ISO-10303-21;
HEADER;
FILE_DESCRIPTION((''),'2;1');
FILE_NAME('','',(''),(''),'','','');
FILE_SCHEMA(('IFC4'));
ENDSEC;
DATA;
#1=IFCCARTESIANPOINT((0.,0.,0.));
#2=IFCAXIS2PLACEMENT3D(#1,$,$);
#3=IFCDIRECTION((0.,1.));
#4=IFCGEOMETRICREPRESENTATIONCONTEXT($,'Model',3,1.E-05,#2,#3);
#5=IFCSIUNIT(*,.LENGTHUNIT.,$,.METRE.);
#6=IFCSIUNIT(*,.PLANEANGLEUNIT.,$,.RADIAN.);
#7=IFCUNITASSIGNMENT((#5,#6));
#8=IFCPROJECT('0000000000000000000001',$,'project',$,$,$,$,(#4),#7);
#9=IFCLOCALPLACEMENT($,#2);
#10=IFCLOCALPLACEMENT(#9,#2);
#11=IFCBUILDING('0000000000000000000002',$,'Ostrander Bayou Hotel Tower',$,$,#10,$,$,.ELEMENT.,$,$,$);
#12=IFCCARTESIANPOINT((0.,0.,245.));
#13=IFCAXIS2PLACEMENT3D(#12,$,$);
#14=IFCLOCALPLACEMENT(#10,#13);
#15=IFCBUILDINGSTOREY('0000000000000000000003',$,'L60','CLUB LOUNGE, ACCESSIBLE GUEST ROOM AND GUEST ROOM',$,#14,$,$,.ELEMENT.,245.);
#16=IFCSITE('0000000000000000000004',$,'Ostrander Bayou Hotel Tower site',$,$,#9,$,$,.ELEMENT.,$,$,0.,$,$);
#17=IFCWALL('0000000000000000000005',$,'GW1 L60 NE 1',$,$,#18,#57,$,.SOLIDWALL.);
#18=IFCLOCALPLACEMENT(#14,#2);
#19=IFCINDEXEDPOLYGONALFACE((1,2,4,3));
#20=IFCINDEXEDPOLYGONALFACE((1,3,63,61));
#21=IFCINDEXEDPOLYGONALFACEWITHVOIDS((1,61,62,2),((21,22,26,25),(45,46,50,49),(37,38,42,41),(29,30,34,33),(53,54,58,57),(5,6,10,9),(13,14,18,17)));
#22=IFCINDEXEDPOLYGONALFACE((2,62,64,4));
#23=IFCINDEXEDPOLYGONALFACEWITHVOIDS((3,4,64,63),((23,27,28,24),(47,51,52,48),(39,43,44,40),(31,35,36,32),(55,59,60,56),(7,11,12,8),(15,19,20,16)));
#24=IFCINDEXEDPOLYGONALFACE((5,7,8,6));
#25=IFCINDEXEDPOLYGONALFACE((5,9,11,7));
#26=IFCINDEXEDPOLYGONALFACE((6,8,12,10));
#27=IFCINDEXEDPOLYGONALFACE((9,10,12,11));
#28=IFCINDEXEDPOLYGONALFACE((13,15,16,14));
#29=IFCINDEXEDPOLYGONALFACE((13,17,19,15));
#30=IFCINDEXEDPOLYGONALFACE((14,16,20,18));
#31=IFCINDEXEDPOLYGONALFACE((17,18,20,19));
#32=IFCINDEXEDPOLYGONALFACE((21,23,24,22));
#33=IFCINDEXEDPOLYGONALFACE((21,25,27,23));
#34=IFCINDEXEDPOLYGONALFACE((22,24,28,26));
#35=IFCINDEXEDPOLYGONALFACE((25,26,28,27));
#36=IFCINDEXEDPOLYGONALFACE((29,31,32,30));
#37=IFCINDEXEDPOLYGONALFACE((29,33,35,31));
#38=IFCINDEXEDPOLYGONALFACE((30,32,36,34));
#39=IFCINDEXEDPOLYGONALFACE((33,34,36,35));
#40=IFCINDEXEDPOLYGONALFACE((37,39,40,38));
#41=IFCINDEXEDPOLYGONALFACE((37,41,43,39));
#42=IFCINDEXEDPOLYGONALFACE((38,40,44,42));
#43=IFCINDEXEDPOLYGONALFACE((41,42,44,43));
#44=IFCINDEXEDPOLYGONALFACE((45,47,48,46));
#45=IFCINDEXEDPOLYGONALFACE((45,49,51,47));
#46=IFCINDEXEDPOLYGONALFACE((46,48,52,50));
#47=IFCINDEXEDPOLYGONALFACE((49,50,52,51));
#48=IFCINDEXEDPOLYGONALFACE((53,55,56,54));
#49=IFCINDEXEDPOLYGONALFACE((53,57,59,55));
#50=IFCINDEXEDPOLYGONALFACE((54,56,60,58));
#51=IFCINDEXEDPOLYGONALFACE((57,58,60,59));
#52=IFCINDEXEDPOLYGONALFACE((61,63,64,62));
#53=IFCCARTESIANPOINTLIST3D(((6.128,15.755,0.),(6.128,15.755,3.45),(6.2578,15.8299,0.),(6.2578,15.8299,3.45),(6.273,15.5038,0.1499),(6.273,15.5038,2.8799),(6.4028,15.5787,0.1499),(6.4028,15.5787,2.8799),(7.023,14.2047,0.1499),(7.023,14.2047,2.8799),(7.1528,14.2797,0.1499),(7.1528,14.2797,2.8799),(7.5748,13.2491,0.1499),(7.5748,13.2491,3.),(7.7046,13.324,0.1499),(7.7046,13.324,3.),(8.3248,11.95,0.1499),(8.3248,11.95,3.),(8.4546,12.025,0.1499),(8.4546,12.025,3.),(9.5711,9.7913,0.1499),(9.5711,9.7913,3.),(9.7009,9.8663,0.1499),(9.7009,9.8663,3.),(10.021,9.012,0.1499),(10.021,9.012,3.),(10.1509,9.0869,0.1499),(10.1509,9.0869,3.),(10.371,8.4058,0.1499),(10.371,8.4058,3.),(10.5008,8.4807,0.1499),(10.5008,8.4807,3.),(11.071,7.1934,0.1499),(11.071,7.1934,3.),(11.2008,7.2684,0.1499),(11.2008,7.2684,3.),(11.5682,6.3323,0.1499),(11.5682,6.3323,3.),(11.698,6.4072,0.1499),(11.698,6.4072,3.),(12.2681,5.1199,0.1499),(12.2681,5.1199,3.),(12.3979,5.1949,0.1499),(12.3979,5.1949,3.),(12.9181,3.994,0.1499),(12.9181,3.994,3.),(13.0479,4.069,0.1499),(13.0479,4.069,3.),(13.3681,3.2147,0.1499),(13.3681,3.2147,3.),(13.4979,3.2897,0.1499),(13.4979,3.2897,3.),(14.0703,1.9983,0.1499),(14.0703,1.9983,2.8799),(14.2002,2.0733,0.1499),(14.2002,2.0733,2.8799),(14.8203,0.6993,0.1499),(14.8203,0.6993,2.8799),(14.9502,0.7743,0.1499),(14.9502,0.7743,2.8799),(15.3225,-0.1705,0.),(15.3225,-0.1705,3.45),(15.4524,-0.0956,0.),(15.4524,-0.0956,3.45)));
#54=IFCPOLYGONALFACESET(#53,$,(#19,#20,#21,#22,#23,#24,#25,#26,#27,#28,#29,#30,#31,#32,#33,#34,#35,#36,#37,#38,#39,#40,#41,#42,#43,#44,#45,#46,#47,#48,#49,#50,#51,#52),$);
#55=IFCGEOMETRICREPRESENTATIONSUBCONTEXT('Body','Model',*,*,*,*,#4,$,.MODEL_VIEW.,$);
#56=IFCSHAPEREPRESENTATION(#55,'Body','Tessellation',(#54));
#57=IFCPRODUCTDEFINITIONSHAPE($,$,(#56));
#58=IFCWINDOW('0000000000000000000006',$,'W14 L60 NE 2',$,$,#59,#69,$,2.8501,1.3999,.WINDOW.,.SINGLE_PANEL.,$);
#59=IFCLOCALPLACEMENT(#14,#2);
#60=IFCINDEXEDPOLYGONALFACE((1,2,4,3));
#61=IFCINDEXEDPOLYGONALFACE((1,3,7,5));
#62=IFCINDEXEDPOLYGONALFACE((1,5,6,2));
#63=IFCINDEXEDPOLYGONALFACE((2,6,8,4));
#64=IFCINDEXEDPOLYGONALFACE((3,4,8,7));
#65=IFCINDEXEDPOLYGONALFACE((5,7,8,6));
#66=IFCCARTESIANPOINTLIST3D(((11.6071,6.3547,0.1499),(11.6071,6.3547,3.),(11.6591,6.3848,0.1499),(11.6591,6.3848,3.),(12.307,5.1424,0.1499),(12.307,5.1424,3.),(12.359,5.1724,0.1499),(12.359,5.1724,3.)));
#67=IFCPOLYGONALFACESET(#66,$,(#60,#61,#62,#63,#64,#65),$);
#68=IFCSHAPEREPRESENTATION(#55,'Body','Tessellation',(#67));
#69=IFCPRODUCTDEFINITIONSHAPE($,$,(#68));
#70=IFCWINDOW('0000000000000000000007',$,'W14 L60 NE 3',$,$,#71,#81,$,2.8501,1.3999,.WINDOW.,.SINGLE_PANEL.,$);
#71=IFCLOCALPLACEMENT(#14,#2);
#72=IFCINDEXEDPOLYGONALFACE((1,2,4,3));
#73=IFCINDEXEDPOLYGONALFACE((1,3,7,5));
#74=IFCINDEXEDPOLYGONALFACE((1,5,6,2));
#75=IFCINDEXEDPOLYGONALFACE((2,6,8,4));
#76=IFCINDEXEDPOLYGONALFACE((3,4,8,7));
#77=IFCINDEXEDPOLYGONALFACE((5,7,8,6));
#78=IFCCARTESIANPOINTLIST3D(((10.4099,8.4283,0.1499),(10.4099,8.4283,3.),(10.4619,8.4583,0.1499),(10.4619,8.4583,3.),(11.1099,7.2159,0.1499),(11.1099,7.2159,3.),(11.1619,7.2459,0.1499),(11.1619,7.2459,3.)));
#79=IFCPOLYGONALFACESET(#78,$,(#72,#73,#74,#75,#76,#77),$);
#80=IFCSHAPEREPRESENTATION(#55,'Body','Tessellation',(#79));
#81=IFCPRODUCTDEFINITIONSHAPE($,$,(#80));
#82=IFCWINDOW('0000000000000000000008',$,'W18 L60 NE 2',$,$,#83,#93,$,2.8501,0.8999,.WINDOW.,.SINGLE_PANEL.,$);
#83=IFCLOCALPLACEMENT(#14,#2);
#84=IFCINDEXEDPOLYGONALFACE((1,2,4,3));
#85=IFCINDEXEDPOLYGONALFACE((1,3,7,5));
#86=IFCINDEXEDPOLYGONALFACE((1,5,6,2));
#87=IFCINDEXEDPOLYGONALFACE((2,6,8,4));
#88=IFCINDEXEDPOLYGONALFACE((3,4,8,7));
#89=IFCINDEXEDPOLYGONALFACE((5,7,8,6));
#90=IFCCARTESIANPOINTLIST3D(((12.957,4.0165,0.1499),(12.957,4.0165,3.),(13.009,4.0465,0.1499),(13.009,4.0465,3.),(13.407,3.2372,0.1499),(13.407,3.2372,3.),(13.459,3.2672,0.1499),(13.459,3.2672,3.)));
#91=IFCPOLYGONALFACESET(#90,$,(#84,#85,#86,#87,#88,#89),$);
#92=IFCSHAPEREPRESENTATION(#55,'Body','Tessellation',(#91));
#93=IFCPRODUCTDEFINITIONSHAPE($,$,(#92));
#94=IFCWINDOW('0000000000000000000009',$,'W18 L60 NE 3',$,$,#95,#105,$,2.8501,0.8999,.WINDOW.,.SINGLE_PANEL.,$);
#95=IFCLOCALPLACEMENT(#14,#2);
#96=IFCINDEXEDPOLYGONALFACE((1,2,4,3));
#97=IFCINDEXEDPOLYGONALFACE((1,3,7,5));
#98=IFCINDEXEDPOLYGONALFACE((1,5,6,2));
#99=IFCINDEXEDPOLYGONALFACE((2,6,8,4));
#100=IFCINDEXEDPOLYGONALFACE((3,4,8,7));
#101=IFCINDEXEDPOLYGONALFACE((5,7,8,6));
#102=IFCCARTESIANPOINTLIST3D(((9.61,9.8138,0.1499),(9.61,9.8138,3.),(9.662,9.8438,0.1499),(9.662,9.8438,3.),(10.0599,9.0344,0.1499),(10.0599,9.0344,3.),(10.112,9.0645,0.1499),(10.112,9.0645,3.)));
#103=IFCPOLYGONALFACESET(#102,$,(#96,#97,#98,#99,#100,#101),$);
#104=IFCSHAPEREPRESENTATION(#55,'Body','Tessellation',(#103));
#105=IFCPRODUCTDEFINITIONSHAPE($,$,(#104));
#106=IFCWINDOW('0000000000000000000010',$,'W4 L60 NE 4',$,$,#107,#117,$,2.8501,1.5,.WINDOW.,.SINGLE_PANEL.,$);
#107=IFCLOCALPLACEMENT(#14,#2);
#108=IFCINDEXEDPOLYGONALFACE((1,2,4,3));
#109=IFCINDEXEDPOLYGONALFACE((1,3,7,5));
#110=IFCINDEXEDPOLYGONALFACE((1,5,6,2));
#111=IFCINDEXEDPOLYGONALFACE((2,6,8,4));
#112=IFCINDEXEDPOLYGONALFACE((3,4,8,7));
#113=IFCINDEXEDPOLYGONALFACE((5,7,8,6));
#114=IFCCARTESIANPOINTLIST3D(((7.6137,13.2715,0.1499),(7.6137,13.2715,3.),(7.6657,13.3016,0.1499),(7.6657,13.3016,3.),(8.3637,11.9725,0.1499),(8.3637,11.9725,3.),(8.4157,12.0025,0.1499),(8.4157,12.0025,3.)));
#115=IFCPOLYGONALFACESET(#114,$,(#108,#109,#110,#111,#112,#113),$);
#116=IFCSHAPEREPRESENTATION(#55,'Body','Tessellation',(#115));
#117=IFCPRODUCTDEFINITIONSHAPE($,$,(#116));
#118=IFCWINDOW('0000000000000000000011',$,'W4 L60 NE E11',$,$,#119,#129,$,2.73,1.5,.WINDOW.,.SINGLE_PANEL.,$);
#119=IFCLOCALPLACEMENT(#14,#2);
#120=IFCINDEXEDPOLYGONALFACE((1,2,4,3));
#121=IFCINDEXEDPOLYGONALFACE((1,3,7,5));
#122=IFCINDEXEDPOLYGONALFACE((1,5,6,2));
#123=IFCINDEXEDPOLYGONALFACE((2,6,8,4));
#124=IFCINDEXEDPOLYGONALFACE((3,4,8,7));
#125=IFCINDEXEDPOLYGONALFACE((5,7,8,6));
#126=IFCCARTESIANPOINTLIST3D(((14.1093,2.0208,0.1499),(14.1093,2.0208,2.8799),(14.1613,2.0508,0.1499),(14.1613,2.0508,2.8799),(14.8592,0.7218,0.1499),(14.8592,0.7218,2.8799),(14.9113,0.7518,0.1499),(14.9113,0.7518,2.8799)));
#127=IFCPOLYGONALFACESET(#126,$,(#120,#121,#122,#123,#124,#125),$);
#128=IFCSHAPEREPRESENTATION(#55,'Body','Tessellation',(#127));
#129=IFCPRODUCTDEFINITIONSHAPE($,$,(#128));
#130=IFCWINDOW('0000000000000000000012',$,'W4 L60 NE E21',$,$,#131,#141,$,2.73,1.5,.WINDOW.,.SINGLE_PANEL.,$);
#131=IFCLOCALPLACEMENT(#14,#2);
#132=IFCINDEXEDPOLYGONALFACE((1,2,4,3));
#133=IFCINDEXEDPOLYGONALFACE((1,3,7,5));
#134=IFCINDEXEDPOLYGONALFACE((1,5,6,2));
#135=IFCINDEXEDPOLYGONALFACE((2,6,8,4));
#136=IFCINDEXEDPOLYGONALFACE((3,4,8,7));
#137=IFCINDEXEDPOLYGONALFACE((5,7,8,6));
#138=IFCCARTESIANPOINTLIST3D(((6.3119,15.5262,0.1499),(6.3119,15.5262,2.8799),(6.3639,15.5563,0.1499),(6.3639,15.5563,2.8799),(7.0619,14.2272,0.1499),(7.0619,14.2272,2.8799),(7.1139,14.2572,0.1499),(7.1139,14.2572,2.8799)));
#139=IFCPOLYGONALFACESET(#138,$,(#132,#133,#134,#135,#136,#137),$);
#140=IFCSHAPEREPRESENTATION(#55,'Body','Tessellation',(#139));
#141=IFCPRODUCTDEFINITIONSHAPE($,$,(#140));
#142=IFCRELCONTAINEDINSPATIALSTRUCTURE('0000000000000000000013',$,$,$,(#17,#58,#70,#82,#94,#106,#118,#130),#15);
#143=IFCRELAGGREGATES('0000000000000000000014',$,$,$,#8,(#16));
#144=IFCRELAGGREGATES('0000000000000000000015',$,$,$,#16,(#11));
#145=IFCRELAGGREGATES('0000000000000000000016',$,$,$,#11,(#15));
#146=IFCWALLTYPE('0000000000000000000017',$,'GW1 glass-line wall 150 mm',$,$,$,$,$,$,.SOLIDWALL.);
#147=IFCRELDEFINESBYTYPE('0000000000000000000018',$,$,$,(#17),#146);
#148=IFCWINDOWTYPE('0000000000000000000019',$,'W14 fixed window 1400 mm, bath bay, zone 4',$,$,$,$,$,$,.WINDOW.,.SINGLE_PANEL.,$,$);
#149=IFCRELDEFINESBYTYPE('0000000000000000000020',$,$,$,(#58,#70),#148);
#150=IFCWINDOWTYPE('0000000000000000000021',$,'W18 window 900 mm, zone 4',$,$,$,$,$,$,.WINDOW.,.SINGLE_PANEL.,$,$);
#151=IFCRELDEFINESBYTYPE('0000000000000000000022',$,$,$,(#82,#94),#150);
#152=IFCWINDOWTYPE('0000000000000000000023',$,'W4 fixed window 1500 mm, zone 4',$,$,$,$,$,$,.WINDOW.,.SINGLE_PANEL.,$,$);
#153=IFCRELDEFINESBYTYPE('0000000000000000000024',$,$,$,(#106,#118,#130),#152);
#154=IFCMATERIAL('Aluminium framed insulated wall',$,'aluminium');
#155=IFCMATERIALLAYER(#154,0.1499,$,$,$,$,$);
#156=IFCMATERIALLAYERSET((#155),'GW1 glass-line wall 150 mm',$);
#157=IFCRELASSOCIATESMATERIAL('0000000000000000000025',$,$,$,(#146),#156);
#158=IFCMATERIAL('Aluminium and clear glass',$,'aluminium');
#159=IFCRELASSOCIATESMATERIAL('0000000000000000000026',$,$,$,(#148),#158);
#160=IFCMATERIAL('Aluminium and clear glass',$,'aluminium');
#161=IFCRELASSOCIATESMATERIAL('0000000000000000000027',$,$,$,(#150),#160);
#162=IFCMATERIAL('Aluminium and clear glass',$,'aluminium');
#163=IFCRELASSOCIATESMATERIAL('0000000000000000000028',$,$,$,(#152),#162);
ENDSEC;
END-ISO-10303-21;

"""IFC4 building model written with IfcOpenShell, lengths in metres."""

from ifc_helpers import new_model, si_unit, direction, frame, frame_2d, origin, place, context, subcontext, project, spatial, rectangle, extrude, material, layer, layer_set, type_object, element, fill, save


model = new_model("IFC4")

# Units and contexts
model_context = context("Model", 3, precision=1e-05, world=origin(), true_north=direction((0.0, 1.0)))
body_context = subcontext(model_context, "Body", "Model", "MODEL_VIEW")
ifc_project = project(units=[si_unit("LENGTHUNIT", "METRE"), si_unit("PLANEANGLEUNIT", "RADIAN")], contexts=[model_context])

# Site, building, storey
site_placement = place(None, origin())
site = spatial("IfcSite", under=ifc_project, at=site_placement, Name="Ostrander Bayou Hotel Tower site", CompositionType="ELEMENT", RefElevation=0.0)
building_placement = place(site_placement, origin())
building = spatial("IfcBuilding", under=site, at=building_placement, Name="Ostrander Bayou Hotel Tower", CompositionType="ELEMENT")
storey_placement = place(building_placement, frame((0.0, 0.0, 245.0)))
storey = spatial("IfcBuildingStorey", under=building, at=storey_placement, Name="L60", Description="CLUB LOUNGE, ACCESSIBLE GUEST ROOM AND GUEST ROOM", CompositionType="ELEMENT", Elevation=245.0)

# Wall, openings, windows
ifc_material_1 = material(Name="Aluminium framed insulated wall", Category="aluminium")
ifc_layer_1 = layer(ifc_material_1, 0.1499)
ifc_layer_set_1 = layer_set([ifc_layer_1], Name="GW1 glass-line wall 150 mm")
wall_type_1 = type_object("IfcWallType", Name="GW1 glass-line wall 150 mm", PredefinedType="SOLIDWALL", material=ifc_layer_set_1)
wall_1_placement = place(storey_placement, frame((15.3875, -0.1331, 0.0), z_axis=(0.0, 0.0, 1.0), x_axis=(-0.499999, 0.866026, 0.0)))
wall_1 = element("IfcWall", 1, at=wall_1_placement, inside=storey, type_object=wall_type_1, Name="GW1 L60 NE 1", PredefinedType="SOLIDWALL", context=body_context, shape_type="SweptSolid", body=[
    extrude(rectangle(XDim=18.3892, YDim=0.1499, at=frame_2d((9.1946, 0.0))), origin(), (0.0, 0.0, 1.0), 3.45),
])
opening_1_placement = place(wall_1_placement, frame((3.9089, 0.0, 0.1499)))
opening_1 = element("IfcOpeningElement", 2, at=opening_1_placement, cuts=wall_1, PredefinedType="OPENING", context=body_context, shape_type="SweptSolid", body=[
    extrude(rectangle(XDim=0.8999, YDim=2.8501, at=frame_2d((0.45, 1.425))), frame((0.0, 0.075, 0.0), z_axis=(0.0, -1.0, 0.0), x_axis=(1.0, 0.0, 0.0)), (0.0, 0.0, 1.0), 0.1499),
])
opening_2_placement = place(wall_1_placement, frame((6.1089, 0.0, 0.1499)))
opening_2 = element("IfcOpeningElement", 3, at=opening_2_placement, cuts=wall_1, PredefinedType="OPENING", context=body_context, shape_type="SweptSolid", body=[
    extrude(rectangle(XDim=1.3999, YDim=2.8501, at=frame_2d((0.7, 1.425))), frame((0.0, 0.075, 0.0), z_axis=(0.0, -1.0, 0.0), x_axis=(1.0, 0.0, 0.0)), (0.0, 0.0, 1.0), 0.1499),
])
opening_3_placement = place(wall_1_placement, frame((10.603, 0.0, 0.1499)))
opening_3 = element("IfcOpeningElement", 4, at=opening_3_placement, cuts=wall_1, PredefinedType="OPENING", context=body_context, shape_type="SweptSolid", body=[
    extrude(rectangle(XDim=0.8999, YDim=2.8501, at=frame_2d((0.45, 1.425))), frame((0.0, 0.075, 0.0), z_axis=(0.0, -1.0, 0.0), x_axis=(1.0, 0.0, 0.0)), (0.0, 0.0, 1.0), 0.1499),
])
opening_4_placement = place(wall_1_placement, frame((8.5032, 0.0, 0.1499)))
opening_4 = element("IfcOpeningElement", 5, at=opening_4_placement, cuts=wall_1, PredefinedType="OPENING", context=body_context, shape_type="SweptSolid", body=[
    extrude(rectangle(XDim=1.3999, YDim=2.8501, at=frame_2d((0.7, 1.425))), frame((0.0, 0.075, 0.0), z_axis=(0.0, -1.0, 0.0), x_axis=(1.0, 0.0, 0.0)), (0.0, 0.0, 1.0), 0.1499),
])
opening_5_placement = place(wall_1_placement, frame((13.9956, 0.0, 0.1499)))
opening_5 = element("IfcOpeningElement", 6, at=opening_5_placement, cuts=wall_1, PredefinedType="OPENING", context=body_context, shape_type="SweptSolid", body=[
    extrude(rectangle(XDim=1.5, YDim=2.8501, at=frame_2d((0.75, 1.425))), frame((0.0, 0.075, 0.0), z_axis=(0.0, -1.0, 0.0), x_axis=(1.0, 0.0, 0.0)), (0.0, 0.0, 1.0), 0.1499),
])
opening_6_placement = place(wall_1_placement, frame((1.0044, 0.0, 0.1499)))
opening_6 = element("IfcOpeningElement", 7, at=opening_6_placement, cuts=wall_1, PredefinedType="OPENING", context=body_context, shape_type="SweptSolid", body=[
    extrude(rectangle(XDim=1.5, YDim=2.73, at=frame_2d((0.75, 1.365))), frame((0.0, 0.075, 0.0), z_axis=(0.0, -1.0, 0.0), x_axis=(1.0, 0.0, 0.0)), (0.0, 0.0, 1.0), 0.1499),
])
opening_7_placement = place(wall_1_placement, frame((16.5991, 0.0, 0.1499)))
opening_7 = element("IfcOpeningElement", 8, at=opening_7_placement, cuts=wall_1, PredefinedType="OPENING", context=body_context, shape_type="SweptSolid", body=[
    extrude(rectangle(XDim=1.5, YDim=2.73, at=frame_2d((0.75, 1.365))), frame((0.0, 0.075, 0.0), z_axis=(0.0, -1.0, 0.0), x_axis=(1.0, 0.0, 0.0)), (0.0, 0.0, 1.0), 0.1499),
])
ifc_material_2 = material(Name="Aluminium and clear glass", Category="aluminium")
window_type_1 = type_object("IfcWindowType", Name="W14 fixed window 1400 mm, bath bay, zone 4", PartitioningType="SINGLE_PANEL", PredefinedType="WINDOW", material=ifc_material_2)
window_1_placement = place(opening_2_placement, origin())
window_1 = element("IfcWindow", 9, at=window_1_placement, inside=storey, type_object=window_type_1, Name="W14 L60 NE 2", OverallHeight=2.8501, OverallWidth=1.3999, PartitioningType="SINGLE_PANEL", PredefinedType="WINDOW", context=body_context, shape_type="SweptSolid", body=[
    extrude(rectangle(XDim=1.3999, YDim=2.8501, at=frame_2d((0.7, 1.425))), frame((0.0, 0.03, 0.0), z_axis=(0.0, -1.0, 0.0), x_axis=(1.0, 0.0, 0.0)), (0.0, 0.0, 1.0), 0.0601),
])
fill(opening_2, window_1)
window_2_placement = place(opening_4_placement, origin())
window_2 = element("IfcWindow", 10, at=window_2_placement, inside=storey, type_object=window_type_1, Name="W14 L60 NE 3", OverallHeight=2.8501, OverallWidth=1.3999, PartitioningType="SINGLE_PANEL", PredefinedType="WINDOW", context=body_context, shape_type="SweptSolid", body=[
    extrude(rectangle(XDim=1.3999, YDim=2.8501, at=frame_2d((0.7, 1.425))), frame((0.0, 0.03, 0.0), z_axis=(0.0, -1.0, 0.0), x_axis=(1.0, 0.0, 0.0)), (0.0, 0.0, 1.0), 0.0601),
])
fill(opening_4, window_2)
ifc_material_3 = material(Name="Aluminium and clear glass", Category="aluminium")
window_type_2 = type_object("IfcWindowType", Name="W18 window 900 mm, zone 4", PartitioningType="SINGLE_PANEL", PredefinedType="WINDOW", material=ifc_material_3)
window_3_placement = place(opening_1_placement, origin())
window_3 = element("IfcWindow", 11, at=window_3_placement, inside=storey, type_object=window_type_2, Name="W18 L60 NE 2", OverallHeight=2.8501, OverallWidth=0.8999, PartitioningType="SINGLE_PANEL", PredefinedType="WINDOW", context=body_context, shape_type="SweptSolid", body=[
    extrude(rectangle(XDim=0.8999, YDim=2.8501, at=frame_2d((0.45, 1.425))), frame((0.0, 0.03, 0.0), z_axis=(0.0, -1.0, 0.0), x_axis=(1.0, 0.0, 0.0)), (0.0, 0.0, 1.0), 0.0601),
])
fill(opening_1, window_3)
window_4_placement = place(opening_3_placement, origin())
window_4 = element("IfcWindow", 12, at=window_4_placement, inside=storey, type_object=window_type_2, Name="W18 L60 NE 3", OverallHeight=2.8501, OverallWidth=0.8999, PartitioningType="SINGLE_PANEL", PredefinedType="WINDOW", context=body_context, shape_type="SweptSolid", body=[
    extrude(rectangle(XDim=0.8999, YDim=2.8501, at=frame_2d((0.45, 1.425))), frame((0.0, 0.03, 0.0), z_axis=(0.0, -1.0, 0.0), x_axis=(1.0, 0.0, 0.0)), (0.0, 0.0, 1.0), 0.0601),
])
fill(opening_3, window_4)
ifc_material_4 = material(Name="Aluminium and clear glass", Category="aluminium")
window_type_3 = type_object("IfcWindowType", Name="W4 fixed window 1500 mm, zone 4", PartitioningType="SINGLE_PANEL", PredefinedType="WINDOW", material=ifc_material_4)
window_5_placement = place(opening_5_placement, origin())
window_5 = element("IfcWindow", 13, at=window_5_placement, inside=storey, type_object=window_type_3, Name="W4 L60 NE 4", OverallHeight=2.8501, OverallWidth=1.5, PartitioningType="SINGLE_PANEL", PredefinedType="WINDOW", context=body_context, shape_type="SweptSolid", body=[
    extrude(rectangle(XDim=1.5, YDim=2.8501, at=frame_2d((0.75, 1.425))), frame((0.0, 0.03, 0.0), z_axis=(0.0, -1.0, 0.0), x_axis=(1.0, 0.0, 0.0)), (0.0, 0.0, 1.0), 0.0601),
])
fill(opening_5, window_5)
window_6_placement = place(opening_6_placement, origin())
window_6 = element("IfcWindow", 14, at=window_6_placement, inside=storey, type_object=window_type_3, Name="W4 L60 NE E11", OverallHeight=2.73, OverallWidth=1.5, PartitioningType="SINGLE_PANEL", PredefinedType="WINDOW", context=body_context, shape_type="SweptSolid", body=[
    extrude(rectangle(XDim=1.5, YDim=2.73, at=frame_2d((0.75, 1.365))), frame((0.0, 0.03, 0.0), z_axis=(0.0, -1.0, 0.0), x_axis=(1.0, 0.0, 0.0)), (0.0, 0.0, 1.0), 0.0601),
])
fill(opening_6, window_6)
window_7_placement = place(opening_7_placement, origin())
window_7 = element("IfcWindow", 15, at=window_7_placement, inside=storey, type_object=window_type_3, Name="W4 L60 NE E21", OverallHeight=2.73, OverallWidth=1.5, PartitioningType="SINGLE_PANEL", PredefinedType="WINDOW", context=body_context, shape_type="SweptSolid", body=[
    extrude(rectangle(XDim=1.5, YDim=2.73, at=frame_2d((0.75, 1.365))), frame((0.0, 0.03, 0.0), z_axis=(0.0, -1.0, 0.0), x_axis=(1.0, 0.0, 0.0)), (0.0, 0.0, 1.0), 0.0601),
])
fill(opening_7, window_7)

save(model, "model.ifc")
